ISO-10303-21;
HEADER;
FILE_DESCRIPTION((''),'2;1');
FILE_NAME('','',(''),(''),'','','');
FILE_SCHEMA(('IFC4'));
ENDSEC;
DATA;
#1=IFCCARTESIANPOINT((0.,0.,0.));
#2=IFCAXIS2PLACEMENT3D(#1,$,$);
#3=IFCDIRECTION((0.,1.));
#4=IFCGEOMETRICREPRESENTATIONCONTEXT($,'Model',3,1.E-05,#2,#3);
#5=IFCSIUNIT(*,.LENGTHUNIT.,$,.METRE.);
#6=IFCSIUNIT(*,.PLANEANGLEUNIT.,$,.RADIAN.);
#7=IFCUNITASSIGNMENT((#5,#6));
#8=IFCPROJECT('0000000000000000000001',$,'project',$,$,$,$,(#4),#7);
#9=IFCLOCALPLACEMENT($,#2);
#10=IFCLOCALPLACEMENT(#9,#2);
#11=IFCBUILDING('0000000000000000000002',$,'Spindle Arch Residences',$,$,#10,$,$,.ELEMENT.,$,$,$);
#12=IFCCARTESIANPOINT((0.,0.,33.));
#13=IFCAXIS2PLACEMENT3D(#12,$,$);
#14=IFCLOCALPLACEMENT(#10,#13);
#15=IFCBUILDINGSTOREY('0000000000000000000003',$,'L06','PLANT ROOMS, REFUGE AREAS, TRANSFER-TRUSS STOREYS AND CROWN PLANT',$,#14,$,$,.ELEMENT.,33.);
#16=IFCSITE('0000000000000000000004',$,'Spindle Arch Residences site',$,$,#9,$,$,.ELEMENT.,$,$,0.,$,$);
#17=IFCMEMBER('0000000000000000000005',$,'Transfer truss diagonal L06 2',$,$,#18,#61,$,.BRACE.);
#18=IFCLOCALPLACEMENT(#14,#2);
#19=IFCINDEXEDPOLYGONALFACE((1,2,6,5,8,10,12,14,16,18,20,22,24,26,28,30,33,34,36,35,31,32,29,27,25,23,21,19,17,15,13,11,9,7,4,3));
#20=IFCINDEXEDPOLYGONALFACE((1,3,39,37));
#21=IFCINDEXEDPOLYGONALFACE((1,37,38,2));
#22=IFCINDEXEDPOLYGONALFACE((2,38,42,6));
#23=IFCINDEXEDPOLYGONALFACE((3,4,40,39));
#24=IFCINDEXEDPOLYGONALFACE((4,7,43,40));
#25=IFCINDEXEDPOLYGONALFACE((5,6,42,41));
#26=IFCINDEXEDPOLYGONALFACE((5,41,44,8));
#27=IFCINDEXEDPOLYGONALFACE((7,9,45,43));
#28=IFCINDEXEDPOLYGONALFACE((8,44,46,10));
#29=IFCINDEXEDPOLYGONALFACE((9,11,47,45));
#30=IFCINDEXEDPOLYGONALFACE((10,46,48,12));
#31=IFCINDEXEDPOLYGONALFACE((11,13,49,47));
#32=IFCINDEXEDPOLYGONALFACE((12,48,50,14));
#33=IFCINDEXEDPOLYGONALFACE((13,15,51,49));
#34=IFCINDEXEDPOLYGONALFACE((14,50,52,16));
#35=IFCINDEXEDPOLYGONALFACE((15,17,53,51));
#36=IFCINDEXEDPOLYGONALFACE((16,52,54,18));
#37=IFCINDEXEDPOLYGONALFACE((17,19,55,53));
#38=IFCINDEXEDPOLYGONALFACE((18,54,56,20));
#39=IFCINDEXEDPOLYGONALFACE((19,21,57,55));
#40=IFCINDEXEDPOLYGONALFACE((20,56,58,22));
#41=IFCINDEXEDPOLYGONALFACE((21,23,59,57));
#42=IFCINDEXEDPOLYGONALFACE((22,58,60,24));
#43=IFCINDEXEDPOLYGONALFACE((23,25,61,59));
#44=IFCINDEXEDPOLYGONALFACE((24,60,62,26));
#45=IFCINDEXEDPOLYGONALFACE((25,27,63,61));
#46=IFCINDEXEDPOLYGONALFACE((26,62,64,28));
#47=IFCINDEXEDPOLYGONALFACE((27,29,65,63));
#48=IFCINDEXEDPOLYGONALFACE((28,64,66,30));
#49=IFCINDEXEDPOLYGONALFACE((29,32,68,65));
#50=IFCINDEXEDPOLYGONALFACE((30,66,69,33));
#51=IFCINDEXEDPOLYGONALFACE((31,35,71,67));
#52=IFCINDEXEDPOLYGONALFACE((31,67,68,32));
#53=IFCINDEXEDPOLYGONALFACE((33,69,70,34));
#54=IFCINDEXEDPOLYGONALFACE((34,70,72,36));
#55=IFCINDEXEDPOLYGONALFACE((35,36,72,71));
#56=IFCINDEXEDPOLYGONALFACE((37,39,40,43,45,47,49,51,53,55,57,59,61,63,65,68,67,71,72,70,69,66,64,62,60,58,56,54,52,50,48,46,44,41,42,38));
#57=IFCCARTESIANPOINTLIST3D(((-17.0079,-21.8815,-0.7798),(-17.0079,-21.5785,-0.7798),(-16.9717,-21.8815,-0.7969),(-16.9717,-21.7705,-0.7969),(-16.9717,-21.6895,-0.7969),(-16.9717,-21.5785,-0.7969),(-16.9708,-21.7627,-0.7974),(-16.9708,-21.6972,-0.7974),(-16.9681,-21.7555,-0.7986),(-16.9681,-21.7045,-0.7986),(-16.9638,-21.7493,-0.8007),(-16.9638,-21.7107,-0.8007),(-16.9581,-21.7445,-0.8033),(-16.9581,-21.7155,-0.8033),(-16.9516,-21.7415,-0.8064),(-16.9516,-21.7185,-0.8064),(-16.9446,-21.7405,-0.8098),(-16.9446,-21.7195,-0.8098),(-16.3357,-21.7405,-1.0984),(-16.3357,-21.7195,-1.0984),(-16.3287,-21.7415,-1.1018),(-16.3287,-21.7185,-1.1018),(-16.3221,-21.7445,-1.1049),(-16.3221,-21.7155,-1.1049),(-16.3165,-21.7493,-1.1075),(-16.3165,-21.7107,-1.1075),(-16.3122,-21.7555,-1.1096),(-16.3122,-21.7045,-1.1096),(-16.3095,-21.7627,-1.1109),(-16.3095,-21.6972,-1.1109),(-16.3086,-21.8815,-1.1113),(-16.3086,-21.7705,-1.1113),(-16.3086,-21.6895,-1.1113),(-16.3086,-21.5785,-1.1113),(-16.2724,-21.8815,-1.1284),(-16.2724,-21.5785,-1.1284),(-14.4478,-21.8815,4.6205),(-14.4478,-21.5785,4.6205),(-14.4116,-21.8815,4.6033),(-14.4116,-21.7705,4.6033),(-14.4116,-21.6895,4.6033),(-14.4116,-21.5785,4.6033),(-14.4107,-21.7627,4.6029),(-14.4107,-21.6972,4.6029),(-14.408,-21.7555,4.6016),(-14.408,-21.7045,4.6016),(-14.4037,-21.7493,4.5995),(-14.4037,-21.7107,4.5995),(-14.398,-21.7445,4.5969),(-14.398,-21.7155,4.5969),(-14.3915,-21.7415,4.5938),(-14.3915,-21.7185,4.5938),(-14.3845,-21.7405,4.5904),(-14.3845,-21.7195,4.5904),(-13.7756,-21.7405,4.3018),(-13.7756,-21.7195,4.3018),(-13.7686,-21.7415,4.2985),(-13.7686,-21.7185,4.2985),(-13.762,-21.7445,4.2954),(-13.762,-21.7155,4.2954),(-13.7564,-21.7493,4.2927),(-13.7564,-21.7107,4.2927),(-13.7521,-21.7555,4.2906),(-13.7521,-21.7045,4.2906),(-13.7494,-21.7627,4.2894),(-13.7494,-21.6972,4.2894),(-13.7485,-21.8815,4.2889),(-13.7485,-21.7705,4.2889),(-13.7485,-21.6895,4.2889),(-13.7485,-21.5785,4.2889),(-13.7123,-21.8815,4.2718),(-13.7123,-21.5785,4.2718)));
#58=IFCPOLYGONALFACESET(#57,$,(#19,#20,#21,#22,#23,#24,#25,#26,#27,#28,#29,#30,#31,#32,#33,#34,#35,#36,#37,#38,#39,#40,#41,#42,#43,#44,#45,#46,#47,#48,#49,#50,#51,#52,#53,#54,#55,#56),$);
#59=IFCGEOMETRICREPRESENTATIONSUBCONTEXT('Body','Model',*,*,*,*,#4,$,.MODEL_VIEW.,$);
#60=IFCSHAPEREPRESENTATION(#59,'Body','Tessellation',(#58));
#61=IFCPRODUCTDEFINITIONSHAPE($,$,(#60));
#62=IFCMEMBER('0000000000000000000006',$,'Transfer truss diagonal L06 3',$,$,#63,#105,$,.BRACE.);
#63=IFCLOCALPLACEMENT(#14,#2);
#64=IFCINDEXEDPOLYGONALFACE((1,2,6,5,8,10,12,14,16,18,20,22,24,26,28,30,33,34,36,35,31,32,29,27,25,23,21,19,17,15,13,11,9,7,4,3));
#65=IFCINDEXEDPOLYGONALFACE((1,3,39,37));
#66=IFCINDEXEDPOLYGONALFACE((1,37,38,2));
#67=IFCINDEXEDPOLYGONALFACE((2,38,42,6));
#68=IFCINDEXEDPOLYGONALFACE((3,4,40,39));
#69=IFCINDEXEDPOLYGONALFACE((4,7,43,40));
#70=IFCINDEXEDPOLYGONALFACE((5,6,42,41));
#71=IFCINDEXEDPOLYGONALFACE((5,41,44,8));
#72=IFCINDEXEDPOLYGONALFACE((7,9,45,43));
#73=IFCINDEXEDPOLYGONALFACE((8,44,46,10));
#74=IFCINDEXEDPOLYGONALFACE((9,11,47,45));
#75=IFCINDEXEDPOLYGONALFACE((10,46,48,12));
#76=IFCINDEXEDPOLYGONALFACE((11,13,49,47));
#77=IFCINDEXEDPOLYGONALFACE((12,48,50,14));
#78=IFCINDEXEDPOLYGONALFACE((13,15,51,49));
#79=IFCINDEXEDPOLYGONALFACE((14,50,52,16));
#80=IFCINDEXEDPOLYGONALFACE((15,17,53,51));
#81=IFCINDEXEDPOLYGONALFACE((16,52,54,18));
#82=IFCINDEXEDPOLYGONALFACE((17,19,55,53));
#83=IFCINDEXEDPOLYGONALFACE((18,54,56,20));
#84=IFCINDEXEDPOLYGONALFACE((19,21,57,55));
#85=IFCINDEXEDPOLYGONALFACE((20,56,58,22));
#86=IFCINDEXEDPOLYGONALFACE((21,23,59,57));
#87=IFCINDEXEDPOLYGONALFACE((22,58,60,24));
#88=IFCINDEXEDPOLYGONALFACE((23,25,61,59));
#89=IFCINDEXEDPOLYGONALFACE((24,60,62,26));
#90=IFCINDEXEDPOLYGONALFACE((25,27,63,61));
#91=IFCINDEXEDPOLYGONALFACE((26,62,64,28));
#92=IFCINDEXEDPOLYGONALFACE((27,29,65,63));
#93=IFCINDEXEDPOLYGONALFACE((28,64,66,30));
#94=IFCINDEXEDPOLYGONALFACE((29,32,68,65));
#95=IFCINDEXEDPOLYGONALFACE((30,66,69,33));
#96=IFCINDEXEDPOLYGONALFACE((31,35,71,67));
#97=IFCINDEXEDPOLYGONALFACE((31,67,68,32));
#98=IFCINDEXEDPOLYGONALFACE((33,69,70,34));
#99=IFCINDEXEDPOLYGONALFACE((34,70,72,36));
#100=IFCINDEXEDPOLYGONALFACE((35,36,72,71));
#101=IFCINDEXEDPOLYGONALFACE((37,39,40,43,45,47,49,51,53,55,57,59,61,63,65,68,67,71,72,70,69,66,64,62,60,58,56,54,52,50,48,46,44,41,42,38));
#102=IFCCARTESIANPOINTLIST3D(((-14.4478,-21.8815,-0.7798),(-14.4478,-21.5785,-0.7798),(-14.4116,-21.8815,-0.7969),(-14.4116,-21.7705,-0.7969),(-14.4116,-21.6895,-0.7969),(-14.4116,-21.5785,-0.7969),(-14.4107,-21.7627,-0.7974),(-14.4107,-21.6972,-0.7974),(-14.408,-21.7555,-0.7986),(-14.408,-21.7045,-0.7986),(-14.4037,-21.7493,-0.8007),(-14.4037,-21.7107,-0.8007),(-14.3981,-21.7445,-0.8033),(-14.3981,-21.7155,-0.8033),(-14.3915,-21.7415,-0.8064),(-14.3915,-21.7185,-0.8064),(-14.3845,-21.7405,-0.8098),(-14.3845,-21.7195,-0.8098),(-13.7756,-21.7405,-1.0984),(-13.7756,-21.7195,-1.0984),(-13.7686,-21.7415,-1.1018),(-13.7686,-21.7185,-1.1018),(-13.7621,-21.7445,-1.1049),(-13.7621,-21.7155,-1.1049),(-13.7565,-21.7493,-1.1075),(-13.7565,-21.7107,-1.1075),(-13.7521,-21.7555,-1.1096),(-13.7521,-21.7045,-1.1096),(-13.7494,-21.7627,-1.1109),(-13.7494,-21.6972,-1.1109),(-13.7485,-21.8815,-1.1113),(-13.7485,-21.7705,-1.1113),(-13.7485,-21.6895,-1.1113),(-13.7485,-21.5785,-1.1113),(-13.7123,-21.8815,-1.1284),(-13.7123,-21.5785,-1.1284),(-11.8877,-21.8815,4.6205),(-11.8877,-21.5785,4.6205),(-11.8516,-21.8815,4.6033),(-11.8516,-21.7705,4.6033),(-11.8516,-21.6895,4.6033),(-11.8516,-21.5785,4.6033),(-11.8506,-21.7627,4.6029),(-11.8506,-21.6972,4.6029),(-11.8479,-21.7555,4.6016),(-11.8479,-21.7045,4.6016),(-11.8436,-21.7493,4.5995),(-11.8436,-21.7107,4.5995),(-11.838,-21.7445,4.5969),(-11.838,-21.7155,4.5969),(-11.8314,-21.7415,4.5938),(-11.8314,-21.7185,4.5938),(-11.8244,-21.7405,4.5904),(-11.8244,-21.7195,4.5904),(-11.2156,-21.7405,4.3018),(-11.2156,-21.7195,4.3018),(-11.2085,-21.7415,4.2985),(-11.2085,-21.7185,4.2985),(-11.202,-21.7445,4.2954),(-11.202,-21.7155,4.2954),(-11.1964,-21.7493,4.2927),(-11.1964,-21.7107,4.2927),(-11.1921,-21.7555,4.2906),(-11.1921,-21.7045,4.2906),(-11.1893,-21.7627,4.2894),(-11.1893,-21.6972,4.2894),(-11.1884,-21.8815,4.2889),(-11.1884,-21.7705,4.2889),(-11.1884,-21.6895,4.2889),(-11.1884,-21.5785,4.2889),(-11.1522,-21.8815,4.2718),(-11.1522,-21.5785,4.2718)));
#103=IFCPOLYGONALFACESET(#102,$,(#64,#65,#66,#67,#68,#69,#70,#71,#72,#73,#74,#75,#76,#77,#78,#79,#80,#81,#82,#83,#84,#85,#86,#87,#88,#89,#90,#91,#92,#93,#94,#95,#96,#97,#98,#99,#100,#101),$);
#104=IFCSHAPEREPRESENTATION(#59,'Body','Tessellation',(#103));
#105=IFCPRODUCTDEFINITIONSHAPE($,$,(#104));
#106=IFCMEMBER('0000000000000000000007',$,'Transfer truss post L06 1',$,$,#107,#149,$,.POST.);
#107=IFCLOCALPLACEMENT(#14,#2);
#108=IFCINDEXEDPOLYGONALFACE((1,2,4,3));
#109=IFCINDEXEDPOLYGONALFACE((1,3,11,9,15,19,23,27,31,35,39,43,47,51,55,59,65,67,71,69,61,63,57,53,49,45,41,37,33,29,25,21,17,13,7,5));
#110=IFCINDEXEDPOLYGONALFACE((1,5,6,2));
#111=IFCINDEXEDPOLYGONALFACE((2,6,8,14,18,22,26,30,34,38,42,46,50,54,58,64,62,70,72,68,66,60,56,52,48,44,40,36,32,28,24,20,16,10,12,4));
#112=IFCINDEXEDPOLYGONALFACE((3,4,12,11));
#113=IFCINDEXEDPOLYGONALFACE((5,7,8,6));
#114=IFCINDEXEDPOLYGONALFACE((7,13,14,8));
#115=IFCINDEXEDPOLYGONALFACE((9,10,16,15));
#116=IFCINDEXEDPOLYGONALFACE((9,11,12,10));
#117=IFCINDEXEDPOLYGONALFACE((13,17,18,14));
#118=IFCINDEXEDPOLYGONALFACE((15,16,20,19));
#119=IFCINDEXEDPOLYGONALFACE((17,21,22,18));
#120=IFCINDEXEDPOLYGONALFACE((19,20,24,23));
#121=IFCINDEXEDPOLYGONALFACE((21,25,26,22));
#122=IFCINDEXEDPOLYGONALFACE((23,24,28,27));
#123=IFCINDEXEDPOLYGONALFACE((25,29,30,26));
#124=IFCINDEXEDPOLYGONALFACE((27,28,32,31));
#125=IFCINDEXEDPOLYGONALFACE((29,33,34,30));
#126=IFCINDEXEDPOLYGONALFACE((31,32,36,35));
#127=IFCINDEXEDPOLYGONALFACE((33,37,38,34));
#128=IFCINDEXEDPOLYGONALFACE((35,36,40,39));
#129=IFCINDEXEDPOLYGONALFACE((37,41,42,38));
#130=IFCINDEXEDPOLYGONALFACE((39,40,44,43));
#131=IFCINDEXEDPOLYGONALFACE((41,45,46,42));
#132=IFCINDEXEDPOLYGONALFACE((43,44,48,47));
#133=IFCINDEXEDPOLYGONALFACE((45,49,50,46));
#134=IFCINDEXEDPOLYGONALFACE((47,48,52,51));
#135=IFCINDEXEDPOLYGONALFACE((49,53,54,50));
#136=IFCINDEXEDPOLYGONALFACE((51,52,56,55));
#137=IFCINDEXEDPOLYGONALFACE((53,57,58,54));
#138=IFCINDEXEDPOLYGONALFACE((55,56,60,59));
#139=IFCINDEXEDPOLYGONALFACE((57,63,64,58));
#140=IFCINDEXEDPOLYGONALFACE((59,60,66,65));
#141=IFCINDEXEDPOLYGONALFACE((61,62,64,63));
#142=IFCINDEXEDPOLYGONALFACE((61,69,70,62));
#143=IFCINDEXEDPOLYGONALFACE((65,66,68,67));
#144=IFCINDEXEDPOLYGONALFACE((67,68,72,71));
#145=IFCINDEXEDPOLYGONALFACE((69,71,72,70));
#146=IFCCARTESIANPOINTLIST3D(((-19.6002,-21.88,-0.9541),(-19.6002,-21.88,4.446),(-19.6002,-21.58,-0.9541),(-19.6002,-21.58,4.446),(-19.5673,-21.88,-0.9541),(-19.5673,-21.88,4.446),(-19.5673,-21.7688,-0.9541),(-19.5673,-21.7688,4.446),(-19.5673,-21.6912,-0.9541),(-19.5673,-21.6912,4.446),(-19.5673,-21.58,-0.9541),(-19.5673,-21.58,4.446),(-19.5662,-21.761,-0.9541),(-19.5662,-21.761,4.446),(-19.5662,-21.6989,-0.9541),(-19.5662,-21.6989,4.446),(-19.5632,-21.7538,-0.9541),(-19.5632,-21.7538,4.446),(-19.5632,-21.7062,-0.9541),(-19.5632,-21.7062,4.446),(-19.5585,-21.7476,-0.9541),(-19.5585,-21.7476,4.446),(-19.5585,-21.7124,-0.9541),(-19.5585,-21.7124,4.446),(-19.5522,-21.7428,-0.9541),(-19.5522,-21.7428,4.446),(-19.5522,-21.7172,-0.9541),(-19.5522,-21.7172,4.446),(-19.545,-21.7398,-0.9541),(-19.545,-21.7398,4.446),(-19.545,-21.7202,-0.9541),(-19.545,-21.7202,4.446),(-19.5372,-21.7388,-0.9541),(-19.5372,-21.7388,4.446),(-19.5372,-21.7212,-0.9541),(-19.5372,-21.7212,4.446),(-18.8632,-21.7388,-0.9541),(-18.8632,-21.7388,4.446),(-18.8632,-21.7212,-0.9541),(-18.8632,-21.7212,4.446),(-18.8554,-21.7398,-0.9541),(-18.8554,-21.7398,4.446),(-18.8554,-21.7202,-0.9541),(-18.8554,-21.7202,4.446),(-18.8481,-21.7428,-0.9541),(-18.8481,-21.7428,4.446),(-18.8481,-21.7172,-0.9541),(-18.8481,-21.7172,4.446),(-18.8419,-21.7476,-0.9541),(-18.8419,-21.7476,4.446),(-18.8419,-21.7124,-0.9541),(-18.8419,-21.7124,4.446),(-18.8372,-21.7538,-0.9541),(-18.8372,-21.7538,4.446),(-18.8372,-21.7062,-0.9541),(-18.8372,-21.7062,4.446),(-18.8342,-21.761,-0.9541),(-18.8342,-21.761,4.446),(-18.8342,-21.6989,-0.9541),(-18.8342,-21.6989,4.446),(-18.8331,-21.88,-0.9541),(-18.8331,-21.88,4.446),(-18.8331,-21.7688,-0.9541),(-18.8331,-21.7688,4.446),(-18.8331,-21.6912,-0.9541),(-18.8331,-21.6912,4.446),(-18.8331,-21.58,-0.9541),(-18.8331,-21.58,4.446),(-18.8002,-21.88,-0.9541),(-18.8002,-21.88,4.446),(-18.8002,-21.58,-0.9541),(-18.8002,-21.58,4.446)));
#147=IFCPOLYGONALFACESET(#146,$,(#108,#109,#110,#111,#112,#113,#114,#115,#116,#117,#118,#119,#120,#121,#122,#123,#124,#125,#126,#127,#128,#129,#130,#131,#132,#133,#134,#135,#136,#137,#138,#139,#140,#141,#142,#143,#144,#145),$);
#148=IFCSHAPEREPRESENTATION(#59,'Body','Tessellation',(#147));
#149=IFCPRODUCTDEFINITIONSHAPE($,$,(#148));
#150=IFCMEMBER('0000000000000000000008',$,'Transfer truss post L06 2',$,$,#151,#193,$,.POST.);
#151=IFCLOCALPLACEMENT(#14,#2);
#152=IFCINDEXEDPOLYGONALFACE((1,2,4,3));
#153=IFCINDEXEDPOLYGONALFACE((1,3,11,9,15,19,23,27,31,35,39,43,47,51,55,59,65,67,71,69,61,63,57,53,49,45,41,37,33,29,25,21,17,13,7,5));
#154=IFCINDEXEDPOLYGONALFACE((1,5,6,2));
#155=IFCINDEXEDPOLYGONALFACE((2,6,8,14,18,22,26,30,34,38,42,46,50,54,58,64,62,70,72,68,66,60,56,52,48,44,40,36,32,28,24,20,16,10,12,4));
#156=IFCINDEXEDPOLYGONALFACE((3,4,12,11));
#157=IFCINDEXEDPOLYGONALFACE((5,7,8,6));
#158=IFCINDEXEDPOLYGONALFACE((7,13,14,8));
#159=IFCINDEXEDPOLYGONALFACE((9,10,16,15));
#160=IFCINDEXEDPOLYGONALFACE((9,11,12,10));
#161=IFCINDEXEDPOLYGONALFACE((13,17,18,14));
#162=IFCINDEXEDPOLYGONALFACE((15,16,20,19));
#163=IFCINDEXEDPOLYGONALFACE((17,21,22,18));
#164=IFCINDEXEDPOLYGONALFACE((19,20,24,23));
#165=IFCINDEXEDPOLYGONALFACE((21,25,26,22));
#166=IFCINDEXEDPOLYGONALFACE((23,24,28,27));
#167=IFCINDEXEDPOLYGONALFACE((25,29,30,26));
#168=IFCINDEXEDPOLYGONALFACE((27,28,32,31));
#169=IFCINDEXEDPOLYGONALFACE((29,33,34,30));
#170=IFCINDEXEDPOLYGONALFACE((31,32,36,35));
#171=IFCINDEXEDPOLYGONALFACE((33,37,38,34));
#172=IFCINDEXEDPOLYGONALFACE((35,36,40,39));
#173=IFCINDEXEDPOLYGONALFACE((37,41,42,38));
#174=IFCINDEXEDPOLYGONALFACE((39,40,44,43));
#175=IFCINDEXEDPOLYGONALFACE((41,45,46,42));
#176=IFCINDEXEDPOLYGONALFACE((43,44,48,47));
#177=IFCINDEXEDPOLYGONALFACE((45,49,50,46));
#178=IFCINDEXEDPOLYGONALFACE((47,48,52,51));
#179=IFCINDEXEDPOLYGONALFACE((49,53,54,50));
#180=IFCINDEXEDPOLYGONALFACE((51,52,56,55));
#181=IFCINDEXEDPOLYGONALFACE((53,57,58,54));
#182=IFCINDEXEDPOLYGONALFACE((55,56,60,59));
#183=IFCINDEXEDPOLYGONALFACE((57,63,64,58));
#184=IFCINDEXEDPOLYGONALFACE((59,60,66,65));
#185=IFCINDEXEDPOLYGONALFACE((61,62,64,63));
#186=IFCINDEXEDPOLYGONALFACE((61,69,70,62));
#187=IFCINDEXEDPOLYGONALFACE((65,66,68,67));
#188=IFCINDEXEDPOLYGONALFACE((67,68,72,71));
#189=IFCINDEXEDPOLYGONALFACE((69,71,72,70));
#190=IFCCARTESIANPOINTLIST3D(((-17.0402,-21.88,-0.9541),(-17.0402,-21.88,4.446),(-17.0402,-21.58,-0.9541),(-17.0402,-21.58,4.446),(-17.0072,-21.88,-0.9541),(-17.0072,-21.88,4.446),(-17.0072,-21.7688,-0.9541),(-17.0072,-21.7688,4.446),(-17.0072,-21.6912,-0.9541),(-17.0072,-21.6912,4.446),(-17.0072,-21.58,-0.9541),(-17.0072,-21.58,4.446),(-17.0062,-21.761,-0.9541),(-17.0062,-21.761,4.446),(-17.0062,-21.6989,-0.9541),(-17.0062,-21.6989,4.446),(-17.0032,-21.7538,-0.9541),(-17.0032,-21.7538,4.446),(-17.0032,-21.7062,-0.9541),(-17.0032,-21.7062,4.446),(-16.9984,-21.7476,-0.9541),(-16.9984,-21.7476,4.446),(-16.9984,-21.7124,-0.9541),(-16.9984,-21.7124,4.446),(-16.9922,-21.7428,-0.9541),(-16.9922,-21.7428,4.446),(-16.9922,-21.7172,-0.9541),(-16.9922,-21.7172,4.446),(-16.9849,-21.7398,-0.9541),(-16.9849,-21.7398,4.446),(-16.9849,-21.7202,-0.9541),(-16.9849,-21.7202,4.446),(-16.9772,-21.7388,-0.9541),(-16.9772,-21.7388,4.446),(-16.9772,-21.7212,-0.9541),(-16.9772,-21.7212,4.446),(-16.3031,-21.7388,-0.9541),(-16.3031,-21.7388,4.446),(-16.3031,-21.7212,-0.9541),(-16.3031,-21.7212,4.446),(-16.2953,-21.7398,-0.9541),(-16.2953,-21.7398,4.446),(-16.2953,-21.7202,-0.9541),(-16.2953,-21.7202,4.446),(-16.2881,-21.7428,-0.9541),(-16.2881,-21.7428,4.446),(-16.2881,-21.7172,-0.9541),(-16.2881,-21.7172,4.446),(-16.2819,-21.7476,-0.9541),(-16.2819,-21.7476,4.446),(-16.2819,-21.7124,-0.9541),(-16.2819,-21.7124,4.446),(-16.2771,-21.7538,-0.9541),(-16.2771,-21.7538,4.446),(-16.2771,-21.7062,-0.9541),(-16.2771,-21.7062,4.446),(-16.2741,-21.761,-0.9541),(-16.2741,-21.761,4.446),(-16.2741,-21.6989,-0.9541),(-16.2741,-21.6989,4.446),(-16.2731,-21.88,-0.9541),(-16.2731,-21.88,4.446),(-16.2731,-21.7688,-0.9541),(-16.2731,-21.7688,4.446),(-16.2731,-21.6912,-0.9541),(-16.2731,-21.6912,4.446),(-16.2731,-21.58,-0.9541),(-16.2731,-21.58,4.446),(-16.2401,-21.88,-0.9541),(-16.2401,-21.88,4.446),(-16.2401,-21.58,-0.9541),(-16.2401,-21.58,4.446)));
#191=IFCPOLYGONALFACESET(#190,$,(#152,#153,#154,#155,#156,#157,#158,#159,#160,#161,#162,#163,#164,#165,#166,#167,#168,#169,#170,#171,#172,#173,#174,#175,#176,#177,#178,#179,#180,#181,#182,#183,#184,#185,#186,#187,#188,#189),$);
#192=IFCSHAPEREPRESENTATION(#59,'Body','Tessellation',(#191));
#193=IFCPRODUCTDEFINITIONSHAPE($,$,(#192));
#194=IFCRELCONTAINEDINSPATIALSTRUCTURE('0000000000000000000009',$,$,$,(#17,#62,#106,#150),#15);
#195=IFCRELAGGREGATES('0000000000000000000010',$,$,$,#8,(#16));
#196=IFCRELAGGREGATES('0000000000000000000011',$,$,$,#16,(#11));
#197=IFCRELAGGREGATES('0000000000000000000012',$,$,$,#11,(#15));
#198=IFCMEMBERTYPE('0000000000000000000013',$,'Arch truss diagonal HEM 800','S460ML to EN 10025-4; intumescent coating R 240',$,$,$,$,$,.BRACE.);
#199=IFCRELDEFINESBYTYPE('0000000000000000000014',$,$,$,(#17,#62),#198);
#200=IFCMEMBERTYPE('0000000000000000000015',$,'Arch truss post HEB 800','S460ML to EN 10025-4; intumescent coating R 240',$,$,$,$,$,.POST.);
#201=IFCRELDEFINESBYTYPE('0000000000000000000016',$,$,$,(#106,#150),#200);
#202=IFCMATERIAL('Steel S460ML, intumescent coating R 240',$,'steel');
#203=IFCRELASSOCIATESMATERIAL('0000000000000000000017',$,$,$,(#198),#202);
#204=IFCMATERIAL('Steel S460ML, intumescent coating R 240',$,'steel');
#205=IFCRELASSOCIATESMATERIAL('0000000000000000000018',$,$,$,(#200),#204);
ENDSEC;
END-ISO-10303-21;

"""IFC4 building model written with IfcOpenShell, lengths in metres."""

from ifc_helpers import new_model, si_unit, direction, frame, origin, origin_2d, place, context, subcontext, project, spatial, i_section, extrude, material, material_profile, profile_set, type_object, element, save


model = new_model("IFC4")

# Units and contexts
model_context = context("Model", 3, precision=1e-05, world=origin(), true_north=direction((0.0, 1.0)))
body_context = subcontext(model_context, "Body", "Model", "MODEL_VIEW")
ifc_project = project(units=[si_unit("LENGTHUNIT", "METRE"), si_unit("PLANEANGLEUNIT", "RADIAN")], contexts=[model_context])

# Site, building, storey
site_placement = place(None, origin())
site = spatial("IfcSite", under=ifc_project, at=site_placement, Name="Spindle Arch Residences site", CompositionType="ELEMENT", RefElevation=0.0)
building_placement = place(site_placement, origin())
building = spatial("IfcBuilding", under=site, at=building_placement, Name="Spindle Arch Residences", CompositionType="ELEMENT")
storey_placement = place(building_placement, frame((0.0, 0.0, 33.0)))
storey = spatial("IfcBuildingStorey", under=building, at=storey_placement, Name="L06", Description="PLANT ROOMS, REFUGE AREAS, TRANSFER-TRUSS STOREYS AND CROWN PLANT", CompositionType="ELEMENT", Elevation=33.0)

# Members
ifc_material_1 = material(Name="Steel S460ML, intumescent coating R 240", Category="steel")
ifc_material_profile_1 = material_profile(ifc_material_1, i_section(OverallWidth=0.303, OverallDepth=0.814, WebThickness=0.021, FlangeThickness=0.04, FilletRadius=0.03, at=origin_2d()), Name="HEM 800")
ifc_profile_set_1 = profile_set([ifc_material_profile_1], Name="Steel S460ML, intumescent coating R 240")
member_type_1 = type_object("IfcMemberType", Name="Arch truss diagonal HEM 800", Description="S460ML to EN 10025-4; intumescent coating R 240", PredefinedType="BRACE", material=ifc_profile_set_1)
for number, where, z_axis, x_axis, name in (
    (1, (-16.6401, -21.73, -0.9541), (0.428373, 0.0, 0.903602), (0.0, 1.0, 0.0), "Transfer truss diagonal L06 2"),
    (2, (-14.0801, -21.73, -0.9541), (0.428373, 0.0, 0.903602), (0.0, 1.0, 0.0), "Transfer truss diagonal L06 3"),
):
    element("IfcMember", number, at=place(storey_placement, frame(where, z_axis=z_axis, x_axis=x_axis)), inside=storey, type_object=member_type_1, Name=name, PredefinedType="BRACE", context=body_context, shape_type="SweptSolid", body=[
        extrude(i_section(OverallWidth=0.303, OverallDepth=0.814, WebThickness=0.021, FlangeThickness=0.04, FilletRadius=0.03, at=origin_2d()), origin(), (0.0, 0.0, 1.0), 5.9763),
    ])
ifc_material_2 = material(Name="Steel S460ML, intumescent coating R 240", Category="steel")
ifc_material_profile_2 = material_profile(ifc_material_2, i_section(OverallWidth=0.3, OverallDepth=0.8, WebThickness=0.0176, FlangeThickness=0.033, FilletRadius=0.03, at=origin_2d()), Name="HEB 800")
ifc_profile_set_2 = profile_set([ifc_material_profile_2], Name="Steel S460ML, intumescent coating R 240")
member_type_2 = type_object("IfcMemberType", Name="Arch truss post HEB 800", Description="S460ML to EN 10025-4; intumescent coating R 240", PredefinedType="POST", material=ifc_profile_set_2)
for number, where, z_axis, x_axis, name in (
    (3, (-19.2002, -21.73, -0.9541), (0.0, 0.0, 1.0), (0.0, 1.0, 0.0), "Transfer truss post L06 1"),
    (4, (-16.6401, -21.73, -0.9541), (0.0, 0.0, 1.0), (0.0, 1.0, 0.0), "Transfer truss post L06 2"),
):
    element("IfcMember", number, at=place(storey_placement, frame(where, z_axis=z_axis, x_axis=x_axis)), inside=storey, type_object=member_type_2, Name=name, PredefinedType="POST", context=body_context, shape_type="SweptSolid", body=[
        extrude(i_section(OverallWidth=0.3, OverallDepth=0.8, WebThickness=0.0176, FlangeThickness=0.033, FilletRadius=0.03, at=origin_2d()), origin(), (0.0, 0.0, 1.0), 5.4001),
    ])

save(model, "model.ifc")
